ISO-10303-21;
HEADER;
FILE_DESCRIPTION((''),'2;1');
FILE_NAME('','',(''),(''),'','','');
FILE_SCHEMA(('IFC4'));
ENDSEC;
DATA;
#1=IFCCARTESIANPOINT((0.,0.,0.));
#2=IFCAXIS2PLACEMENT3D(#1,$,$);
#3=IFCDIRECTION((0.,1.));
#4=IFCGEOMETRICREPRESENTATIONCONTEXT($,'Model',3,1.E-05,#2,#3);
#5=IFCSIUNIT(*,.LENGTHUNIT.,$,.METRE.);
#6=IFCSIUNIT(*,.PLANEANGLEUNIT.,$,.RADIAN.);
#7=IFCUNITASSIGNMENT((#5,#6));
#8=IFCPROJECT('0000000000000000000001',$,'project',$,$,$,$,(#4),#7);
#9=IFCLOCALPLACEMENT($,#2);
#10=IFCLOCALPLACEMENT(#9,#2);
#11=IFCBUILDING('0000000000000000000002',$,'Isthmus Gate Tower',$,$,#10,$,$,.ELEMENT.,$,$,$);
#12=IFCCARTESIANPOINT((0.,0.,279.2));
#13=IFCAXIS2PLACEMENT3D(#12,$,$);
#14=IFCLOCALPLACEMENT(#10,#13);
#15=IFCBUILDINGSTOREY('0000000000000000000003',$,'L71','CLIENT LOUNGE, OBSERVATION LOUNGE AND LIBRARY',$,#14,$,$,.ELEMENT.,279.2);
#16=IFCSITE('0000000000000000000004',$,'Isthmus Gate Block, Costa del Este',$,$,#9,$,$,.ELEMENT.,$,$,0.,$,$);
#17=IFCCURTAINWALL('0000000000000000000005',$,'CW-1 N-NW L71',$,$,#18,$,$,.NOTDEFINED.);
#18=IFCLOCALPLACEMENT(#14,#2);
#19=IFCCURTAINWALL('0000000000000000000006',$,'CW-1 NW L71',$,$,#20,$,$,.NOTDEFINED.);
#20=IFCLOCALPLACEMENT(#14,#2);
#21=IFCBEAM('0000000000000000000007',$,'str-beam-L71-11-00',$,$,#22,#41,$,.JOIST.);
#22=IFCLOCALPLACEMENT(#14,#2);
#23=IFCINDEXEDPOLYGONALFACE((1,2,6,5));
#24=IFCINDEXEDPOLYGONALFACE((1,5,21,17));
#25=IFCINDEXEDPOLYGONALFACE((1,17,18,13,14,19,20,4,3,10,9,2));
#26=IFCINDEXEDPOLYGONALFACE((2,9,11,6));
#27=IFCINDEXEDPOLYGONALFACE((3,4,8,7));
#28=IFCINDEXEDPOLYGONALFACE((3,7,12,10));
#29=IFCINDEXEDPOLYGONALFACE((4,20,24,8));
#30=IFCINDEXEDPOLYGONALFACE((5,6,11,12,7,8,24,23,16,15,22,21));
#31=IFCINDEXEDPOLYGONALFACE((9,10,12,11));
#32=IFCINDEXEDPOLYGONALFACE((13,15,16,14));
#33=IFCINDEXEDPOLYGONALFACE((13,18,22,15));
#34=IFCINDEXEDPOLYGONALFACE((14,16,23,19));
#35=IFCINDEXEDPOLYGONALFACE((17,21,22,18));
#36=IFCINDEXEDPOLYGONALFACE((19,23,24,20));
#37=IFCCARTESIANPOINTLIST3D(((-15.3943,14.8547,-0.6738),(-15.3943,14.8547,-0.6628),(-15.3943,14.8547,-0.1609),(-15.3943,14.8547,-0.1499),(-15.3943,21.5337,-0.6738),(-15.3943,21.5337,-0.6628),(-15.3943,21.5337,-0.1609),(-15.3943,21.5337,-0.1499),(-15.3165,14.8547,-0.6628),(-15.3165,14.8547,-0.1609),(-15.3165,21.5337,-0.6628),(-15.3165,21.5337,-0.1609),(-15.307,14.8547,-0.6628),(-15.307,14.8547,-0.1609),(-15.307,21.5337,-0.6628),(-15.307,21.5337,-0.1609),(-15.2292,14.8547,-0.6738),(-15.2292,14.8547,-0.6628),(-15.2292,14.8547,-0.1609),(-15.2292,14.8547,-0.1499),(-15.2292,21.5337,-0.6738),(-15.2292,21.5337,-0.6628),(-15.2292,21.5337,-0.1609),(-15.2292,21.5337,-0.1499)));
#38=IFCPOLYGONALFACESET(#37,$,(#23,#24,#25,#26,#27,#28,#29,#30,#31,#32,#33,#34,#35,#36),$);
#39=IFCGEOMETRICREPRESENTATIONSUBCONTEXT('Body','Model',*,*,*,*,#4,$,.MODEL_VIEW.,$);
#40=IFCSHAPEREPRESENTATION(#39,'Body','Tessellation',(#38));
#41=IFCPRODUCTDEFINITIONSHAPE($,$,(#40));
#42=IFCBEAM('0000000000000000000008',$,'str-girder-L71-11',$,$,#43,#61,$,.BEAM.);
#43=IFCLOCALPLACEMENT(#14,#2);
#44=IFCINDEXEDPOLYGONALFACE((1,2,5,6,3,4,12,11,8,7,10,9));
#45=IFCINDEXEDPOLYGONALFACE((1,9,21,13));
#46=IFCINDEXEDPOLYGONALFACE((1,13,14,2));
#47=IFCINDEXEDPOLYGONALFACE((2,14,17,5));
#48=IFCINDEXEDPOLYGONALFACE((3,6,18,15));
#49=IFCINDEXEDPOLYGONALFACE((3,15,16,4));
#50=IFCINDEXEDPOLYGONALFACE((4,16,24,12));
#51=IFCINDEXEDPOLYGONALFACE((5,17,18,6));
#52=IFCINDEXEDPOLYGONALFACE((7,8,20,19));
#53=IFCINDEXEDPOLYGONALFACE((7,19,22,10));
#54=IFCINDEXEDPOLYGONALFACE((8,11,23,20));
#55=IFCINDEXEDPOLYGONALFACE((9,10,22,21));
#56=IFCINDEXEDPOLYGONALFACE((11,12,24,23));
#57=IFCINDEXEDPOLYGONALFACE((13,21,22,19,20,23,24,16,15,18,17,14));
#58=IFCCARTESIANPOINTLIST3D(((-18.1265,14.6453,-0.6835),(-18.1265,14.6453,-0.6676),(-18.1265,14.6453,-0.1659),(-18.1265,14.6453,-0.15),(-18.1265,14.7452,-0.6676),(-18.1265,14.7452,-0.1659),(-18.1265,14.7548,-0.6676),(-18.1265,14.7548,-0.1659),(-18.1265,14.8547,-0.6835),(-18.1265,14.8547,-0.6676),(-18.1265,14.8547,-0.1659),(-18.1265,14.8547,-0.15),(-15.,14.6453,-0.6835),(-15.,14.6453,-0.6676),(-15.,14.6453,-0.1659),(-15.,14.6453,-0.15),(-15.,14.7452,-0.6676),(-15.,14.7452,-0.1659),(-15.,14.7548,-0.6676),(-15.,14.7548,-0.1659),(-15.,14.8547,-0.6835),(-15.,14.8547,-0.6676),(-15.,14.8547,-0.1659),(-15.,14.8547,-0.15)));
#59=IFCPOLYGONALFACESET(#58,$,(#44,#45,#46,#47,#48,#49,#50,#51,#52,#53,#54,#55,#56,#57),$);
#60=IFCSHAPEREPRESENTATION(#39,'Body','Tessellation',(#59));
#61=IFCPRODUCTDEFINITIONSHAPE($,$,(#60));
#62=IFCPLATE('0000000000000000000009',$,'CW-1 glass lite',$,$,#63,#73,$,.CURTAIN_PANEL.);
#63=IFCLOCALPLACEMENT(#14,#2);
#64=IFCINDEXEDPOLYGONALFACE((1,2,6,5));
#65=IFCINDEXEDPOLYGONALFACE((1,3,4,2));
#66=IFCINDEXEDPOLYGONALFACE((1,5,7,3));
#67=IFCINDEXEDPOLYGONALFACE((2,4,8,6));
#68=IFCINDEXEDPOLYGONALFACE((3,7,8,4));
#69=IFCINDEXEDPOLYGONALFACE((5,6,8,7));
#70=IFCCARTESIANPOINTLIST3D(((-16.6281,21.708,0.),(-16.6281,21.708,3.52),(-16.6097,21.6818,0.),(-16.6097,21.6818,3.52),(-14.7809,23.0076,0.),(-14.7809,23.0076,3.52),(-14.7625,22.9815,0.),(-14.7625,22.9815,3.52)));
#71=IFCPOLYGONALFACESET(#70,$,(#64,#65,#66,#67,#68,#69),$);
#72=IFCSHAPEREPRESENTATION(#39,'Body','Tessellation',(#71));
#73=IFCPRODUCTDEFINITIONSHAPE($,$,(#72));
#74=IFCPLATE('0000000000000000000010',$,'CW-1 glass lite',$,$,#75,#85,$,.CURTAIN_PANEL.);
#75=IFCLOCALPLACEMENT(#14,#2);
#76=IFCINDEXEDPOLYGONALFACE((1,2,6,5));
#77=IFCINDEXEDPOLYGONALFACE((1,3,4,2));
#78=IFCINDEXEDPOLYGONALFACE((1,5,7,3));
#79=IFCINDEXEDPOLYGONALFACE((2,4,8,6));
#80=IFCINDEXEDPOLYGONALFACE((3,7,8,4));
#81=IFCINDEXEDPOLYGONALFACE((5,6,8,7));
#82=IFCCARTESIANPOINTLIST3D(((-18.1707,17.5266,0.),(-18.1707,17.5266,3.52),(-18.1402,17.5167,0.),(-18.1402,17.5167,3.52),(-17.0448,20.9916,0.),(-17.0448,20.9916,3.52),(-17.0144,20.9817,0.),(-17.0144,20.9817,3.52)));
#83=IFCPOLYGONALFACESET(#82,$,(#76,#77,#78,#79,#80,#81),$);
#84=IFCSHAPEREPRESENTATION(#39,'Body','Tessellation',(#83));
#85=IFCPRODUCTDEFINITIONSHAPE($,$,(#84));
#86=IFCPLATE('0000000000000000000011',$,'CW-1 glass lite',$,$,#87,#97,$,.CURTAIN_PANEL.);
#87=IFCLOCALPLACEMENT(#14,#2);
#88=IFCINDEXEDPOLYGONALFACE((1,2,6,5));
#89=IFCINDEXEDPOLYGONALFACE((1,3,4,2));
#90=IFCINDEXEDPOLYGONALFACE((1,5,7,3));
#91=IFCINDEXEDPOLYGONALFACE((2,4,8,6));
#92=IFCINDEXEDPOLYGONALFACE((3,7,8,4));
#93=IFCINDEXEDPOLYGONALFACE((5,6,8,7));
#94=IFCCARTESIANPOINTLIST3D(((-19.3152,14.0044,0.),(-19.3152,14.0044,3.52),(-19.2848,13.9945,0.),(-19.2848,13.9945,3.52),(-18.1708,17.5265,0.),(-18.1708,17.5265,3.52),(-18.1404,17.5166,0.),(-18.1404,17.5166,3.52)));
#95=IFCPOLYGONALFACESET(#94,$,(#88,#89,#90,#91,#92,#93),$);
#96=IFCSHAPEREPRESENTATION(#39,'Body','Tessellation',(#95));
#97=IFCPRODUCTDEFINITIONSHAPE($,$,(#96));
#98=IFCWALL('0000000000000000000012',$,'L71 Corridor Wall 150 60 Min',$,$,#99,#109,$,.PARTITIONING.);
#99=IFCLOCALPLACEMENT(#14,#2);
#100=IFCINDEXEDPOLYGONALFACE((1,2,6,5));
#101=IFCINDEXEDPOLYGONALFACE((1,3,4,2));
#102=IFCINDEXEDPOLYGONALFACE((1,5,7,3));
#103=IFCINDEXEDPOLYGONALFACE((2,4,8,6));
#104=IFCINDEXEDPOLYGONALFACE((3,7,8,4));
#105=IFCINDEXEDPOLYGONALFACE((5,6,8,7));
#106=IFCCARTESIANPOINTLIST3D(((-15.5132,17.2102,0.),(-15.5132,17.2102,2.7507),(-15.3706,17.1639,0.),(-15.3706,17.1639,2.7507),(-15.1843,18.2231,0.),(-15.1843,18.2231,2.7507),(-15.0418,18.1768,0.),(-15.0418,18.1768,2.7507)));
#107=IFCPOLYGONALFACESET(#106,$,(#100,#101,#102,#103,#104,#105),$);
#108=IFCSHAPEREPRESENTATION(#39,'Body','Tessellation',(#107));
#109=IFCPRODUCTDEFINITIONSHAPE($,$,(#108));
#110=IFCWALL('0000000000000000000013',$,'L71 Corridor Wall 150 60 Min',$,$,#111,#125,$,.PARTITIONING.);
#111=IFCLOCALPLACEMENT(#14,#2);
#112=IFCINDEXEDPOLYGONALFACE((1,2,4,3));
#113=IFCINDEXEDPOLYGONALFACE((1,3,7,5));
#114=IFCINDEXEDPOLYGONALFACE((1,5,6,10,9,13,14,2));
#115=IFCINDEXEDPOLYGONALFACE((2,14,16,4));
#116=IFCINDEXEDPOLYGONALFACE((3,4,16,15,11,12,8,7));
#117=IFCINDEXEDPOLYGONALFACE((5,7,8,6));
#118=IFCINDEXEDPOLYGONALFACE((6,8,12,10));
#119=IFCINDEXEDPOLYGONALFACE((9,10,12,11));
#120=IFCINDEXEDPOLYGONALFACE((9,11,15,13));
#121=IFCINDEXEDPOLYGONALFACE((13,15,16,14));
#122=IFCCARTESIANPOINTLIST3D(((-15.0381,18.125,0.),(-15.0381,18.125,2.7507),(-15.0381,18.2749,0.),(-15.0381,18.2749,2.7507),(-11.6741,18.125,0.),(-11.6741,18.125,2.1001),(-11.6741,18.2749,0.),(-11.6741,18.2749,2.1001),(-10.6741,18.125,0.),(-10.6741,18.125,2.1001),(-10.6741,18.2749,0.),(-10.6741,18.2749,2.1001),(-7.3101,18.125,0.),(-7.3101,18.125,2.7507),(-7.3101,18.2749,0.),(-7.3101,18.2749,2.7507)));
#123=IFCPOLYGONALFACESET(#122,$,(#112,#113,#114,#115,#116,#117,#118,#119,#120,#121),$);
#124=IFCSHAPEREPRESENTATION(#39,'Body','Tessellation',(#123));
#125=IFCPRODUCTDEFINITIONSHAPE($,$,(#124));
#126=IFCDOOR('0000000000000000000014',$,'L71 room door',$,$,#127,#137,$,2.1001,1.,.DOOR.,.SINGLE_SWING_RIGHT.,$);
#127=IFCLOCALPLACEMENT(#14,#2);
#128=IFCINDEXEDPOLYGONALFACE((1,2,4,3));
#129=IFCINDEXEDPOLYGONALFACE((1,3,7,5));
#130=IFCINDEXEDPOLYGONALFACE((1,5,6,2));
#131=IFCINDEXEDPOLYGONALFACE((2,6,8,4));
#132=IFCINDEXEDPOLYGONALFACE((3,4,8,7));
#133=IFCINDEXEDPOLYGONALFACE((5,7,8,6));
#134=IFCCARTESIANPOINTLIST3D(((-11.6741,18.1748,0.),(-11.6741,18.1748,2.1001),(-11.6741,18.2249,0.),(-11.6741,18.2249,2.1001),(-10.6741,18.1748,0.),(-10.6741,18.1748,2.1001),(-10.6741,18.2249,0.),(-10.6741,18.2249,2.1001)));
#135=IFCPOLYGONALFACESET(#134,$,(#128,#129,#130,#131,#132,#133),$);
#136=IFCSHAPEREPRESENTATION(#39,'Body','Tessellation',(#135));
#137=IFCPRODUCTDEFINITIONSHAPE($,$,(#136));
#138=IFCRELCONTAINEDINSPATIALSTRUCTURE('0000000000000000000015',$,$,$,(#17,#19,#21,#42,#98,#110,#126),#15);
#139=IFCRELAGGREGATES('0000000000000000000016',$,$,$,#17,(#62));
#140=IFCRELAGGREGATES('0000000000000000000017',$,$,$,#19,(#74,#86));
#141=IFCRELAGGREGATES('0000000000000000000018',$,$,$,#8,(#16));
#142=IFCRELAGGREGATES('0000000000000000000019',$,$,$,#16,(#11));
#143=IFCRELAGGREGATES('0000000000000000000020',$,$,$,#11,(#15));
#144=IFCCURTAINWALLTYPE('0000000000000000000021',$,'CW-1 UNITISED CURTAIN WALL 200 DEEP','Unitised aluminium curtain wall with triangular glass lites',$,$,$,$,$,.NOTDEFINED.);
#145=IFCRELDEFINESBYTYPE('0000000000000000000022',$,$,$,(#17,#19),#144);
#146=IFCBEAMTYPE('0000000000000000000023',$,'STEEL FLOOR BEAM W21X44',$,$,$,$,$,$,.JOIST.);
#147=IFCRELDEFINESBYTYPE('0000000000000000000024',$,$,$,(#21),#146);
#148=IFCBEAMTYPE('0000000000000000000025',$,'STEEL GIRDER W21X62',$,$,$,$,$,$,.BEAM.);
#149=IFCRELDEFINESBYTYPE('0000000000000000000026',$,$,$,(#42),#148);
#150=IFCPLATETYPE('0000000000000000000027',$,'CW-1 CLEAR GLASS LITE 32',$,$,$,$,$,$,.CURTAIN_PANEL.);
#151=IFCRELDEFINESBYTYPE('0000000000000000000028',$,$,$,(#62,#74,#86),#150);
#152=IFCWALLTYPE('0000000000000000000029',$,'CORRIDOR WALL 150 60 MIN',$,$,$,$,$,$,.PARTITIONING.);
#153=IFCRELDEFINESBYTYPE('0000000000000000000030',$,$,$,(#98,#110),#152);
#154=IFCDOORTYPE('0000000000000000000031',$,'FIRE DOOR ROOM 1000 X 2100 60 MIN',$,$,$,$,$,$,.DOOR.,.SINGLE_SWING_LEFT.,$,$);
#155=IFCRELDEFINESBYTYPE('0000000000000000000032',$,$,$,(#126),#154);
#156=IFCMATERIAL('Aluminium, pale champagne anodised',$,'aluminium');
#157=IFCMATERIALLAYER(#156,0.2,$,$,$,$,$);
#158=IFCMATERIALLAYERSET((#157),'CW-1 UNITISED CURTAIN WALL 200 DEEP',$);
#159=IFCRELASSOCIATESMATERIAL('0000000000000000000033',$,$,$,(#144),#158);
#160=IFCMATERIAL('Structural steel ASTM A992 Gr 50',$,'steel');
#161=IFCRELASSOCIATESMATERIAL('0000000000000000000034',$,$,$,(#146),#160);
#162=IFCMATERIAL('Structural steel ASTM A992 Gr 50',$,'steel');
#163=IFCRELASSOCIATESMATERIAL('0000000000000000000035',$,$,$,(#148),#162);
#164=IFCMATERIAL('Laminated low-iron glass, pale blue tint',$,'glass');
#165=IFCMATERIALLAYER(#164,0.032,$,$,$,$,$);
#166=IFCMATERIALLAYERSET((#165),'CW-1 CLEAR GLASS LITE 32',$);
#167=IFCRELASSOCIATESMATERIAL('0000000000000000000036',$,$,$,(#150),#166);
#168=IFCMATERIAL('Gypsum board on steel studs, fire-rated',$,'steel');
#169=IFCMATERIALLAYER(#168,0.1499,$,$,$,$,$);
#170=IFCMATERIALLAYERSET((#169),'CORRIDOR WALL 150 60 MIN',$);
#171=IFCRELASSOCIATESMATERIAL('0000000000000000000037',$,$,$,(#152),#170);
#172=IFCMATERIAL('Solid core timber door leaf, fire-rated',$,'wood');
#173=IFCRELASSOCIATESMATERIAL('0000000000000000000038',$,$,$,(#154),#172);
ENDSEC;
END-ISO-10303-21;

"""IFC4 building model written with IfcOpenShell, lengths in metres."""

from ifc_helpers import new_model, si_unit, direction, frame, frame_2d, origin, origin_2d, place, context, subcontext, project, spatial, rectangle, i_section, extrude, material, layer, layer_set, material_profile, profile_set, type_object, element, fill, aggregate, save


model = new_model("IFC4")

# Units and contexts
model_context = context("Model", 3, precision=1e-05, world=origin(), true_north=direction((0.0, 1.0)))
body_context = subcontext(model_context, "Body", "Model", "MODEL_VIEW")
ifc_project = project(units=[si_unit("LENGTHUNIT", "METRE"), si_unit("PLANEANGLEUNIT", "RADIAN")], contexts=[model_context])

# Site, building, storey
site_placement = place(None, origin())
site = spatial("IfcSite", under=ifc_project, at=site_placement, Name="Isthmus Gate Block, Costa del Este", CompositionType="ELEMENT", RefElevation=0.0)
building_placement = place(site_placement, origin())
building = spatial("IfcBuilding", under=site, at=building_placement, Name="Isthmus Gate Tower", CompositionType="ELEMENT")
storey_placement = place(building_placement, frame((0.0, 0.0, 279.2)))
storey = spatial("IfcBuildingStorey", under=building, at=storey_placement, Name="L71", Description="CLIENT LOUNGE, OBSERVATION LOUNGE AND LIBRARY", CompositionType="ELEMENT", Elevation=279.2)

# Curtain wall
ifc_material_1 = material(Name="Aluminium, pale champagne anodised", Category="aluminium")
ifc_layer_1 = layer(ifc_material_1, 0.2)
ifc_layer_set_1 = layer_set([ifc_layer_1], Name="CW-1 UNITISED CURTAIN WALL 200 DEEP")
curtain_wall_type = type_object("IfcCurtainWallType", Name="CW-1 UNITISED CURTAIN WALL 200 DEEP", Description="Unitised aluminium curtain wall with triangular glass lites", PredefinedType="NOTDEFINED", material=ifc_layer_set_1)
curtain_wall_1_placement = place(storey_placement, origin())
curtain_wall_1 = element("IfcCurtainWall", 1, at=curtain_wall_1_placement, inside=storey, type_object=curtain_wall_type, Name="CW-1 N-NW L71", PredefinedType="NOTDEFINED")

# Curtain wall
curtain_wall_2_placement = place(storey_placement, origin())
curtain_wall_2 = element("IfcCurtainWall", 2, at=curtain_wall_2_placement, inside=storey, type_object=curtain_wall_type, Name="CW-1 NW L71", PredefinedType="NOTDEFINED")

# Beams
ifc_material_2 = material(Name="Structural steel ASTM A992 Gr 50", Category="steel")
ifc_material_profile_1 = material_profile(ifc_material_2, i_section(OverallWidth=0.165, OverallDepth=0.5239, WebThickness=0.0095, FlangeThickness=0.011, at=origin_2d()), Name="W21X44")
ifc_profile_set_1 = profile_set([ifc_material_profile_1], Name="Structural steel ASTM A992 Gr 50")
beam_type_1 = type_object("IfcBeamType", Name="STEEL FLOOR BEAM W21X44", PredefinedType="JOIST", material=ifc_profile_set_1)
beam_1_placement = place(storey_placement, frame((-15.3118, 14.8547, -0.4119), z_axis=(0.0, 1.0, 0.0), x_axis=(-1.0, 0.0, 0.0)))
element("IfcBeam", 3, at=beam_1_placement, inside=storey, type_object=beam_type_1, Name="str-beam-L71-11-00", PredefinedType="JOIST", context=body_context, shape_type="SweptSolid", body=[
    extrude(i_section(OverallWidth=0.165, OverallDepth=0.5239, WebThickness=0.0095, FlangeThickness=0.011, at=origin_2d()), origin(), (0.0, 0.0, 1.0), 6.679),
])
ifc_material_3 = material(Name="Structural steel ASTM A992 Gr 50", Category="steel")
ifc_material_profile_2 = material_profile(ifc_material_3, i_section(OverallWidth=0.2095, OverallDepth=0.5334, WebThickness=0.0095, FlangeThickness=0.0159, at=origin_2d()), Name="W21X62")
ifc_profile_set_2 = profile_set([ifc_material_profile_2], Name="Structural steel ASTM A992 Gr 50")
beam_type_2 = type_object("IfcBeamType", Name="STEEL GIRDER W21X62", PredefinedType="BEAM", material=ifc_profile_set_2)
beam_2_placement = place(storey_placement, frame((-15.0, 14.75, -0.4167), z_axis=(-1.0, 0.0, 0.0), x_axis=(0.0, -1.0, 0.0)))
element("IfcBeam", 4, at=beam_2_placement, inside=storey, type_object=beam_type_2, Name="str-girder-L71-11", PredefinedType="BEAM", context=body_context, shape_type="SweptSolid", body=[
    extrude(i_section(OverallWidth=0.2095, OverallDepth=0.5334, WebThickness=0.0095, FlangeThickness=0.0159, at=origin_2d()), origin(), (0.0, 0.0, 1.0), 3.1265),
])

# Plates
ifc_material_4 = material(Name="Laminated low-iron glass, pale blue tint", Category="glass")
ifc_layer_2 = layer(ifc_material_4, 0.032)
ifc_layer_set_2 = layer_set([ifc_layer_2], Name="CW-1 CLEAR GLASS LITE 32")
plate_type = type_object("IfcPlateType", Name="CW-1 CLEAR GLASS LITE 32", PredefinedType="CURTAIN_PANEL", material=ifc_layer_set_2)
plate_1_placement = place(storey_placement, frame((-15.6953, 22.3447, 0.0), z_axis=(0.0, 0.0, 1.0), x_axis=(-0.81786, -0.575418, 0.0)))
plate_1 = element("IfcPlate", 5, at=plate_1_placement, type_object=plate_type, Name="CW-1 glass lite", PredefinedType="CURTAIN_PANEL", context=body_context, shape_type="SweptSolid", body=[
    extrude(rectangle(XDim=2.2585, YDim=0.032, at=origin_2d()), origin(), (0.0, 0.0, 1.0), 3.52),
])
aggregate(curtain_wall_1, [plate_1])
plate_2_placement = place(storey_placement, frame((-17.5925, 19.2542, 0.0), z_axis=(0.0, 0.0, 1.0), x_axis=(-0.309017, -0.951057, 0.0)))
plate_2 = element("IfcPlate", 6, at=plate_2_placement, type_object=plate_type, Name="CW-1 glass lite", PredefinedType="CURTAIN_PANEL", context=body_context, shape_type="SweptSolid", body=[
    extrude(rectangle(XDim=3.6433, YDim=0.032, at=origin_2d()), origin(), (0.0, 0.0, 1.0), 3.52),
])
plate_3_placement = place(storey_placement, frame((-18.7278, 15.7605, 0.0), z_axis=(0.0, 0.0, 1.0), x_axis=(-0.309017, -0.951057, 0.0)))
plate_3 = element("IfcPlate", 7, at=plate_3_placement, type_object=plate_type, Name="CW-1 glass lite", PredefinedType="CURTAIN_PANEL", context=body_context, shape_type="SweptSolid", body=[
    extrude(rectangle(XDim=3.7034, YDim=0.032, at=origin_2d()), origin(), (0.0, 0.0, 1.0), 3.52),
])
aggregate(curtain_wall_2, [plate_2, plate_3])

# Wall
ifc_material_5 = material(Name="Gypsum board on steel studs, fire-rated", Category="steel")
ifc_layer_3 = layer(ifc_material_5, 0.1499)
ifc_layer_set_3 = layer_set([ifc_layer_3], Name="CORRIDOR WALL 150 60 MIN")
wall_type_1 = type_object("IfcWallType", Name="CORRIDOR WALL 150 60 MIN", PredefinedType="PARTITIONING", material=ifc_layer_set_3)
wall_1_placement = place(storey_placement, frame((-15.4419, 17.187, 0.0), z_axis=(0.0, 0.0, 1.0), x_axis=(0.308791, 0.95113, 0.0)))
element("IfcWall", 8, at=wall_1_placement, inside=storey, type_object=wall_type_1, Name="L71 Corridor Wall 150 60 Min", PredefinedType="PARTITIONING", context=body_context, shape_type="SweptSolid", body=[
    extrude(rectangle(XDim=1.0649, YDim=0.1499, at=frame_2d((0.5325, 0.0))), origin(), (0.0, 0.0, 1.0), 2.7507),
])

# Wall, opening, door
wall_2_placement = place(storey_placement, frame((-15.0381, 18.2, 0.0), z_axis=(0.0, 0.0, 1.0), x_axis=(1.0, 0.0, 0.0)))
wall_2 = element("IfcWall", 9, at=wall_2_placement, inside=storey, type_object=wall_type_1, Name="L71 Corridor Wall 150 60 Min", PredefinedType="PARTITIONING", context=body_context, shape_type="SweptSolid", body=[
    extrude(rectangle(XDim=7.728, YDim=0.1499, at=frame_2d((3.864, 0.0))), origin(), (0.0, 0.0, 1.0), 2.7507),
])
opening_1_placement = place(wall_2_placement, frame((3.364, 0.0, 0.0)))
opening_1 = element("IfcOpeningElement", 10, at=opening_1_placement, cuts=wall_2, PredefinedType="OPENING", context=body_context, shape_type="SweptSolid", body=[
    extrude(rectangle(XDim=1.0, YDim=2.1001, at=frame_2d((0.5, 1.05))), frame((0.0, 0.085, 0.0), z_axis=(0.0, -1.0, 0.0), x_axis=(1.0, 0.0, 0.0)), (0.0, 0.0, 1.0), 0.1699),
])
ifc_material_6 = material(Name="Solid core timber door leaf, fire-rated", Category="wood")
door_type_1 = type_object("IfcDoorType", Name="FIRE DOOR ROOM 1000 X 2100 60 MIN", OperationType="SINGLE_SWING_LEFT", PredefinedType="DOOR", material=ifc_material_6)
door_1_placement = place(opening_1_placement, origin())
door_1 = element("IfcDoor", 11, at=door_1_placement, inside=storey, type_object=door_type_1, Name="L71 room door", OperationType="SINGLE_SWING_RIGHT", OverallHeight=2.1001, OverallWidth=1.0, PredefinedType="DOOR", context=body_context, shape_type="SweptSolid", body=[
    extrude(rectangle(XDim=1.0, YDim=2.1001, at=frame_2d((0.5, 1.05))), frame((0.0, 0.0249, 0.0), z_axis=(0.0, -1.0, 0.0), x_axis=(1.0, 0.0, 0.0)), (0.0, 0.0, 1.0), 0.05),
])
fill(opening_1, door_1)

save(model, "model.ifc")
